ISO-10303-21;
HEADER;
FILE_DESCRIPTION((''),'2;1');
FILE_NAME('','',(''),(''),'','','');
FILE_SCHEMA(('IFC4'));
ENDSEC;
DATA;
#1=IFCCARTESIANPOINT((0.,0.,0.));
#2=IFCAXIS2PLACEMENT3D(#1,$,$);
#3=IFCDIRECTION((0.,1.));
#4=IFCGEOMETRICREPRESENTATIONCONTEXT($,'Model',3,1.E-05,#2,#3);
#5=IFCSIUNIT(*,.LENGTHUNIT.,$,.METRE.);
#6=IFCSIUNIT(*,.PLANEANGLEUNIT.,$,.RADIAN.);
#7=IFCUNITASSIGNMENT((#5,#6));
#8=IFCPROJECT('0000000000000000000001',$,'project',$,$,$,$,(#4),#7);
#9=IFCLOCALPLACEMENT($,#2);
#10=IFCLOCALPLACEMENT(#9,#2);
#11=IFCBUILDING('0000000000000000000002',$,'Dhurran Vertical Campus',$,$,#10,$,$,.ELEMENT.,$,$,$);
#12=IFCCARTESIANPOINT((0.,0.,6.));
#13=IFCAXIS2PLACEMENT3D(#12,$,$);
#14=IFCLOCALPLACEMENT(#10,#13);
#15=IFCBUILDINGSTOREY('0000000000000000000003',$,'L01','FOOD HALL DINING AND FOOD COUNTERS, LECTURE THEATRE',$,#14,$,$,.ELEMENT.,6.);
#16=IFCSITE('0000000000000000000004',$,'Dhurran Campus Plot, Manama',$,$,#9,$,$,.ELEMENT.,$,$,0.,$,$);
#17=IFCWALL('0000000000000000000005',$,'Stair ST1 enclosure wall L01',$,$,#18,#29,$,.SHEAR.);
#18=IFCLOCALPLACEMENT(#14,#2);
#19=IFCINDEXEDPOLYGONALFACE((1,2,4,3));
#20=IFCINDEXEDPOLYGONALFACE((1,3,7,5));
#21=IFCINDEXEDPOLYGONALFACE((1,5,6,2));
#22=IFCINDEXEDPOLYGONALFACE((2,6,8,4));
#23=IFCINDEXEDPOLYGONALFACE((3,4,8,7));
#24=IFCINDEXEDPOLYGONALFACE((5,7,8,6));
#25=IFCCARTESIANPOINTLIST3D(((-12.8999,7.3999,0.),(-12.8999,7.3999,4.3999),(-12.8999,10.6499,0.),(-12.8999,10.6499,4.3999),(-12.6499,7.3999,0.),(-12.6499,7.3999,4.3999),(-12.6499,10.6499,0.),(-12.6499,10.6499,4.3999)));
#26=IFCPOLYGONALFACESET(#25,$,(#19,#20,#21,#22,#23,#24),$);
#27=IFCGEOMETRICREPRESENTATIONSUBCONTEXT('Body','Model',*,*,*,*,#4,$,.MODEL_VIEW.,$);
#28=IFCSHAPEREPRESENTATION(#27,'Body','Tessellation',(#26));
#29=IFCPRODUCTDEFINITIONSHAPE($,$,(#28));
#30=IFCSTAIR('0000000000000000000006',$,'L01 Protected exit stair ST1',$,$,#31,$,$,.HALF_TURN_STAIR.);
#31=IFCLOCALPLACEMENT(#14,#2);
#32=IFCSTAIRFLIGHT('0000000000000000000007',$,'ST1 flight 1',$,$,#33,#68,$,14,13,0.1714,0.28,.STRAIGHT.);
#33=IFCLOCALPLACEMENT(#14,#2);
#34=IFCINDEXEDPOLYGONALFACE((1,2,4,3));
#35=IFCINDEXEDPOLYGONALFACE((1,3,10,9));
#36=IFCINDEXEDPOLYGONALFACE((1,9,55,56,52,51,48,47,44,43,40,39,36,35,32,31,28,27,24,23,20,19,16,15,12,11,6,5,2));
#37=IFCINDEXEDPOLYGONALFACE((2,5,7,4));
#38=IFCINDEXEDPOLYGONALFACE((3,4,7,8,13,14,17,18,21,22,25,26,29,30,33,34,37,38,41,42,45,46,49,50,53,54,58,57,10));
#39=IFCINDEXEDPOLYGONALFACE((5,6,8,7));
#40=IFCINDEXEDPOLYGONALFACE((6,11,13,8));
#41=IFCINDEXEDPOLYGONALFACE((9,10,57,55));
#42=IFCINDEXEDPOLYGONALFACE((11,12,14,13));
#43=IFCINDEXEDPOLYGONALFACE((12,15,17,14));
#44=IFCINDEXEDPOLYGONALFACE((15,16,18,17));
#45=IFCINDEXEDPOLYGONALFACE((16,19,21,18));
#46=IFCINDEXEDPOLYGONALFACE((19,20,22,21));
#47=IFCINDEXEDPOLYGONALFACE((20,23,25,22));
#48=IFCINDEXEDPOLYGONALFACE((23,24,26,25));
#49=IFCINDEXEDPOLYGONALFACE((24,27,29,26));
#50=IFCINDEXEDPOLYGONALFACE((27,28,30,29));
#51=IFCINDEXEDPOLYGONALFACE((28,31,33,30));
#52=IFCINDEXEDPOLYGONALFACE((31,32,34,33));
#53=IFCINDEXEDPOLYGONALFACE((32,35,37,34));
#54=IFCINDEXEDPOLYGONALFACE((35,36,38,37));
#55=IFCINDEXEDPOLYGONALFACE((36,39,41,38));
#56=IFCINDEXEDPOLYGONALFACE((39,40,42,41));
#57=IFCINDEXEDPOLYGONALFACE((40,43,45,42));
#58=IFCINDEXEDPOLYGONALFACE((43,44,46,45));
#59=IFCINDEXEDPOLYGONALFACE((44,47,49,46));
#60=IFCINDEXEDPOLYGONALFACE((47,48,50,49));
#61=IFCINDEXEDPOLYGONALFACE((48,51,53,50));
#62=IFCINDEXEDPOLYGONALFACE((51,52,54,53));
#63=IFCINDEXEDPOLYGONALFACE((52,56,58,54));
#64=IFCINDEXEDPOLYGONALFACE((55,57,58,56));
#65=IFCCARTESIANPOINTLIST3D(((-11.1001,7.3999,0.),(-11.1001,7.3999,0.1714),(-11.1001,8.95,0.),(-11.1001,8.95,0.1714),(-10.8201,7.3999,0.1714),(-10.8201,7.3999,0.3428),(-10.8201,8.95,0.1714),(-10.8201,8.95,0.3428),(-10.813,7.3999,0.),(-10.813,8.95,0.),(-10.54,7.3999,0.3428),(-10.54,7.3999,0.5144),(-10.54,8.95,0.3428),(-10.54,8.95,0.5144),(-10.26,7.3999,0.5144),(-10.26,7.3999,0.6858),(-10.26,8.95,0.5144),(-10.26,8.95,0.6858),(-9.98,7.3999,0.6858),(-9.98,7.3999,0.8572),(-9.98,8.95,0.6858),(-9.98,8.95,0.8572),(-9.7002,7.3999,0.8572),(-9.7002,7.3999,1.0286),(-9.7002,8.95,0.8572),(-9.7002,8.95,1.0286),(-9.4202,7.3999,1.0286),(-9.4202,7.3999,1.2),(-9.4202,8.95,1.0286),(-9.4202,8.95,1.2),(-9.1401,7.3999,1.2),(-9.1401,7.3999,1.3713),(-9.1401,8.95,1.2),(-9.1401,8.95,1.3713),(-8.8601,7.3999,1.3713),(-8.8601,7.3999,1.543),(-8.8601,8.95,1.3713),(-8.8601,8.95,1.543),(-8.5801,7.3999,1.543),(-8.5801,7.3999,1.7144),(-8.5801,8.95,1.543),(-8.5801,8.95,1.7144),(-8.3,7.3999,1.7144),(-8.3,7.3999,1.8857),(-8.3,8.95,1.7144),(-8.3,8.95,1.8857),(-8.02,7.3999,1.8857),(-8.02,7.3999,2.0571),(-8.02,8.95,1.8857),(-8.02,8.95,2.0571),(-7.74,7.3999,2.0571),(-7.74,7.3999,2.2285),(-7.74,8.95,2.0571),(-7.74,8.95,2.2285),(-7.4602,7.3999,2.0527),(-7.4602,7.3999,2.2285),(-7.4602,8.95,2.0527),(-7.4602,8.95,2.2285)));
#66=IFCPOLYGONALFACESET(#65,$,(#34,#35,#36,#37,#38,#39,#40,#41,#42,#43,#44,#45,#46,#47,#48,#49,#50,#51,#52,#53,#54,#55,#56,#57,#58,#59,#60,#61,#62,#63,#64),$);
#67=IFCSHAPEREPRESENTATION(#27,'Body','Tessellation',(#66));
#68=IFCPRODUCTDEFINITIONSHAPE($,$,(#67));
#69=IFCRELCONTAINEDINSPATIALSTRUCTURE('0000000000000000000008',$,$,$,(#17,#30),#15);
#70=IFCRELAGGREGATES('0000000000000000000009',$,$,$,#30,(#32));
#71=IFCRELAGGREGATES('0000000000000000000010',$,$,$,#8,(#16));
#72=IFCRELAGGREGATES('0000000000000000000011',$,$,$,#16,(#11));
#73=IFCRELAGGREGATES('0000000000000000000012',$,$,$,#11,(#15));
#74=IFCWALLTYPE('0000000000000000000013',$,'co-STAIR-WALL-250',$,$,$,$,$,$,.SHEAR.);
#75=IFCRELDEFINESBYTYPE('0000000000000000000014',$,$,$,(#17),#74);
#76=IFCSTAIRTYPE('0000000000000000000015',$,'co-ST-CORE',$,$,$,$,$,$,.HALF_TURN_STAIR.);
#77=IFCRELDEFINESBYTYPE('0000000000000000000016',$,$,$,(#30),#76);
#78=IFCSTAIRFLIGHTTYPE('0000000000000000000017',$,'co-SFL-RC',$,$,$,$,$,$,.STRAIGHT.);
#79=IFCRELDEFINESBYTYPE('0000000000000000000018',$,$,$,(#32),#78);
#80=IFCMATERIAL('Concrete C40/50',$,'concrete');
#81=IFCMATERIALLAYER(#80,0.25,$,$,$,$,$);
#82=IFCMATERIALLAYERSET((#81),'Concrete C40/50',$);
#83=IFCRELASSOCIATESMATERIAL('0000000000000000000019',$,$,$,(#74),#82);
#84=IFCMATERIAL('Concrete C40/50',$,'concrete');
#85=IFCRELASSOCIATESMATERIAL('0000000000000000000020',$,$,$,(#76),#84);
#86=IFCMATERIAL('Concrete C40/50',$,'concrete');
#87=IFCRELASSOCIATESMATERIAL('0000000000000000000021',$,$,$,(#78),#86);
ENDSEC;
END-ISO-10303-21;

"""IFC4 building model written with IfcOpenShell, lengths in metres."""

from ifc_helpers import new_model, si_unit, direction, frame, frame_2d, origin, place, context, subcontext, project, spatial, polyline, rectangle, outline, extrude, material, layer, layer_set, type_object, element, aggregate, save


model = new_model("IFC4")

# Units and contexts
model_context = context("Model", 3, precision=1e-05, world=origin(), true_north=direction((0.0, 1.0)))
body_context = subcontext(model_context, "Body", "Model", "MODEL_VIEW")
ifc_project = project(units=[si_unit("LENGTHUNIT", "METRE"), si_unit("PLANEANGLEUNIT", "RADIAN")], contexts=[model_context])

# Site, building, storey
site_placement = place(None, origin())
site = spatial("IfcSite", under=ifc_project, at=site_placement, Name="Dhurran Campus Plot, Manama", CompositionType="ELEMENT", RefElevation=0.0)
building_placement = place(site_placement, origin())
building = spatial("IfcBuilding", under=site, at=building_placement, Name="Dhurran Vertical Campus", CompositionType="ELEMENT")
storey_placement = place(building_placement, frame((0.0, 0.0, 6.0)))
storey = spatial("IfcBuildingStorey", under=building, at=storey_placement, Name="L01", Description="FOOD HALL DINING AND FOOD COUNTERS, LECTURE THEATRE", CompositionType="ELEMENT", Elevation=6.0)

# Shared definitions
ifc_material_1 = material(Name="Concrete C40/50", Category="concrete")
ifc_layer_1 = layer(ifc_material_1, 0.25)
ifc_layer_set_1 = layer_set([ifc_layer_1], Name="Concrete C40/50")
wall_type_1 = type_object("IfcWallType", Name="co-STAIR-WALL-250", PredefinedType="SHEAR", material=ifc_layer_set_1)

# Wall
wall_1_placement = place(storey_placement, frame((-12.7749, 7.3999, 0.0), z_axis=(0.0, 0.0, 1.0), x_axis=(0.0, 1.0, 0.0)))
element("IfcWall", 1, at=wall_1_placement, inside=storey, type_object=wall_type_1, Name="Stair ST1 enclosure wall L01", PredefinedType="SHEAR", context=body_context, shape_type="SweptSolid", body=[
    extrude(rectangle(XDim=3.25, YDim=0.25, at=frame_2d((1.625, 0.0))), origin(), (0.0, 0.0, 1.0), 4.3999),
])

# Stair, stair flight
ifc_material_2 = material(Name="Concrete C40/50", Category="concrete")
stair_type = type_object("IfcStairType", Name="co-ST-CORE", PredefinedType="HALF_TURN_STAIR", material=ifc_material_2)
stair_placement = place(storey_placement, origin())
stair = element("IfcStair", 2, at=stair_placement, inside=storey, type_object=stair_type, Name="L01 Protected exit stair ST1", PredefinedType="HALF_TURN_STAIR")
ifc_material_3 = material(Name="Concrete C40/50", Category="concrete")
stair_flight_type = type_object("IfcStairFlightType", Name="co-SFL-RC", PredefinedType="STRAIGHT", material=ifc_material_3)
stair_flight_placement = place(storey_placement, frame((-11.1001, 8.175, 0.0), z_axis=(0.0, 0.0, 1.0), x_axis=(1.0, 0.0, 0.0)))
stair_flight = element("IfcStairFlight", 3, at=stair_flight_placement, type_object=stair_flight_type, Name="ST1 flight 1", NumberOfRisers=14, NumberOfTreads=13, PredefinedType="STRAIGHT", RiserHeight=0.1714, TreadLength=0.28, context=body_context, shape_type="SweptSolid", body=[
    extrude(outline(polyline([(0.0, 0.0), (0.0, 0.1714), (0.28, 0.1714), (0.28, 0.3428), (0.5601, 0.3428), (0.5601, 0.5144), (0.8401, 0.5144), (0.8401, 0.6858), (1.1201, 0.6858), (1.1201, 0.8572), (1.3999, 0.8572), (1.3999, 1.0286), (1.6799, 1.0286), (1.6799, 1.2), (1.96, 1.2), (1.96, 1.3713), (2.24, 1.3713), (2.24, 1.543), (2.52, 1.543), (2.52, 1.7144), (2.8, 1.7144), (2.8, 1.8857), (3.0801, 1.8857), (3.0801, 2.0571), (3.3601, 2.0571), (3.3601, 2.2285), (3.6399, 2.2285), (3.6399, 2.3999), (3.6399, 2.0527), (0.2871, 0.0), (0.0, 0.0)])), frame((0.0, 0.7749, 0.0), z_axis=(0.0, -1.0, 0.0), x_axis=(1.0, 0.0, 0.0)), (0.0, 0.0, 1.0), 1.55),
])
aggregate(stair, [stair_flight])

save(model, "model.ifc")
